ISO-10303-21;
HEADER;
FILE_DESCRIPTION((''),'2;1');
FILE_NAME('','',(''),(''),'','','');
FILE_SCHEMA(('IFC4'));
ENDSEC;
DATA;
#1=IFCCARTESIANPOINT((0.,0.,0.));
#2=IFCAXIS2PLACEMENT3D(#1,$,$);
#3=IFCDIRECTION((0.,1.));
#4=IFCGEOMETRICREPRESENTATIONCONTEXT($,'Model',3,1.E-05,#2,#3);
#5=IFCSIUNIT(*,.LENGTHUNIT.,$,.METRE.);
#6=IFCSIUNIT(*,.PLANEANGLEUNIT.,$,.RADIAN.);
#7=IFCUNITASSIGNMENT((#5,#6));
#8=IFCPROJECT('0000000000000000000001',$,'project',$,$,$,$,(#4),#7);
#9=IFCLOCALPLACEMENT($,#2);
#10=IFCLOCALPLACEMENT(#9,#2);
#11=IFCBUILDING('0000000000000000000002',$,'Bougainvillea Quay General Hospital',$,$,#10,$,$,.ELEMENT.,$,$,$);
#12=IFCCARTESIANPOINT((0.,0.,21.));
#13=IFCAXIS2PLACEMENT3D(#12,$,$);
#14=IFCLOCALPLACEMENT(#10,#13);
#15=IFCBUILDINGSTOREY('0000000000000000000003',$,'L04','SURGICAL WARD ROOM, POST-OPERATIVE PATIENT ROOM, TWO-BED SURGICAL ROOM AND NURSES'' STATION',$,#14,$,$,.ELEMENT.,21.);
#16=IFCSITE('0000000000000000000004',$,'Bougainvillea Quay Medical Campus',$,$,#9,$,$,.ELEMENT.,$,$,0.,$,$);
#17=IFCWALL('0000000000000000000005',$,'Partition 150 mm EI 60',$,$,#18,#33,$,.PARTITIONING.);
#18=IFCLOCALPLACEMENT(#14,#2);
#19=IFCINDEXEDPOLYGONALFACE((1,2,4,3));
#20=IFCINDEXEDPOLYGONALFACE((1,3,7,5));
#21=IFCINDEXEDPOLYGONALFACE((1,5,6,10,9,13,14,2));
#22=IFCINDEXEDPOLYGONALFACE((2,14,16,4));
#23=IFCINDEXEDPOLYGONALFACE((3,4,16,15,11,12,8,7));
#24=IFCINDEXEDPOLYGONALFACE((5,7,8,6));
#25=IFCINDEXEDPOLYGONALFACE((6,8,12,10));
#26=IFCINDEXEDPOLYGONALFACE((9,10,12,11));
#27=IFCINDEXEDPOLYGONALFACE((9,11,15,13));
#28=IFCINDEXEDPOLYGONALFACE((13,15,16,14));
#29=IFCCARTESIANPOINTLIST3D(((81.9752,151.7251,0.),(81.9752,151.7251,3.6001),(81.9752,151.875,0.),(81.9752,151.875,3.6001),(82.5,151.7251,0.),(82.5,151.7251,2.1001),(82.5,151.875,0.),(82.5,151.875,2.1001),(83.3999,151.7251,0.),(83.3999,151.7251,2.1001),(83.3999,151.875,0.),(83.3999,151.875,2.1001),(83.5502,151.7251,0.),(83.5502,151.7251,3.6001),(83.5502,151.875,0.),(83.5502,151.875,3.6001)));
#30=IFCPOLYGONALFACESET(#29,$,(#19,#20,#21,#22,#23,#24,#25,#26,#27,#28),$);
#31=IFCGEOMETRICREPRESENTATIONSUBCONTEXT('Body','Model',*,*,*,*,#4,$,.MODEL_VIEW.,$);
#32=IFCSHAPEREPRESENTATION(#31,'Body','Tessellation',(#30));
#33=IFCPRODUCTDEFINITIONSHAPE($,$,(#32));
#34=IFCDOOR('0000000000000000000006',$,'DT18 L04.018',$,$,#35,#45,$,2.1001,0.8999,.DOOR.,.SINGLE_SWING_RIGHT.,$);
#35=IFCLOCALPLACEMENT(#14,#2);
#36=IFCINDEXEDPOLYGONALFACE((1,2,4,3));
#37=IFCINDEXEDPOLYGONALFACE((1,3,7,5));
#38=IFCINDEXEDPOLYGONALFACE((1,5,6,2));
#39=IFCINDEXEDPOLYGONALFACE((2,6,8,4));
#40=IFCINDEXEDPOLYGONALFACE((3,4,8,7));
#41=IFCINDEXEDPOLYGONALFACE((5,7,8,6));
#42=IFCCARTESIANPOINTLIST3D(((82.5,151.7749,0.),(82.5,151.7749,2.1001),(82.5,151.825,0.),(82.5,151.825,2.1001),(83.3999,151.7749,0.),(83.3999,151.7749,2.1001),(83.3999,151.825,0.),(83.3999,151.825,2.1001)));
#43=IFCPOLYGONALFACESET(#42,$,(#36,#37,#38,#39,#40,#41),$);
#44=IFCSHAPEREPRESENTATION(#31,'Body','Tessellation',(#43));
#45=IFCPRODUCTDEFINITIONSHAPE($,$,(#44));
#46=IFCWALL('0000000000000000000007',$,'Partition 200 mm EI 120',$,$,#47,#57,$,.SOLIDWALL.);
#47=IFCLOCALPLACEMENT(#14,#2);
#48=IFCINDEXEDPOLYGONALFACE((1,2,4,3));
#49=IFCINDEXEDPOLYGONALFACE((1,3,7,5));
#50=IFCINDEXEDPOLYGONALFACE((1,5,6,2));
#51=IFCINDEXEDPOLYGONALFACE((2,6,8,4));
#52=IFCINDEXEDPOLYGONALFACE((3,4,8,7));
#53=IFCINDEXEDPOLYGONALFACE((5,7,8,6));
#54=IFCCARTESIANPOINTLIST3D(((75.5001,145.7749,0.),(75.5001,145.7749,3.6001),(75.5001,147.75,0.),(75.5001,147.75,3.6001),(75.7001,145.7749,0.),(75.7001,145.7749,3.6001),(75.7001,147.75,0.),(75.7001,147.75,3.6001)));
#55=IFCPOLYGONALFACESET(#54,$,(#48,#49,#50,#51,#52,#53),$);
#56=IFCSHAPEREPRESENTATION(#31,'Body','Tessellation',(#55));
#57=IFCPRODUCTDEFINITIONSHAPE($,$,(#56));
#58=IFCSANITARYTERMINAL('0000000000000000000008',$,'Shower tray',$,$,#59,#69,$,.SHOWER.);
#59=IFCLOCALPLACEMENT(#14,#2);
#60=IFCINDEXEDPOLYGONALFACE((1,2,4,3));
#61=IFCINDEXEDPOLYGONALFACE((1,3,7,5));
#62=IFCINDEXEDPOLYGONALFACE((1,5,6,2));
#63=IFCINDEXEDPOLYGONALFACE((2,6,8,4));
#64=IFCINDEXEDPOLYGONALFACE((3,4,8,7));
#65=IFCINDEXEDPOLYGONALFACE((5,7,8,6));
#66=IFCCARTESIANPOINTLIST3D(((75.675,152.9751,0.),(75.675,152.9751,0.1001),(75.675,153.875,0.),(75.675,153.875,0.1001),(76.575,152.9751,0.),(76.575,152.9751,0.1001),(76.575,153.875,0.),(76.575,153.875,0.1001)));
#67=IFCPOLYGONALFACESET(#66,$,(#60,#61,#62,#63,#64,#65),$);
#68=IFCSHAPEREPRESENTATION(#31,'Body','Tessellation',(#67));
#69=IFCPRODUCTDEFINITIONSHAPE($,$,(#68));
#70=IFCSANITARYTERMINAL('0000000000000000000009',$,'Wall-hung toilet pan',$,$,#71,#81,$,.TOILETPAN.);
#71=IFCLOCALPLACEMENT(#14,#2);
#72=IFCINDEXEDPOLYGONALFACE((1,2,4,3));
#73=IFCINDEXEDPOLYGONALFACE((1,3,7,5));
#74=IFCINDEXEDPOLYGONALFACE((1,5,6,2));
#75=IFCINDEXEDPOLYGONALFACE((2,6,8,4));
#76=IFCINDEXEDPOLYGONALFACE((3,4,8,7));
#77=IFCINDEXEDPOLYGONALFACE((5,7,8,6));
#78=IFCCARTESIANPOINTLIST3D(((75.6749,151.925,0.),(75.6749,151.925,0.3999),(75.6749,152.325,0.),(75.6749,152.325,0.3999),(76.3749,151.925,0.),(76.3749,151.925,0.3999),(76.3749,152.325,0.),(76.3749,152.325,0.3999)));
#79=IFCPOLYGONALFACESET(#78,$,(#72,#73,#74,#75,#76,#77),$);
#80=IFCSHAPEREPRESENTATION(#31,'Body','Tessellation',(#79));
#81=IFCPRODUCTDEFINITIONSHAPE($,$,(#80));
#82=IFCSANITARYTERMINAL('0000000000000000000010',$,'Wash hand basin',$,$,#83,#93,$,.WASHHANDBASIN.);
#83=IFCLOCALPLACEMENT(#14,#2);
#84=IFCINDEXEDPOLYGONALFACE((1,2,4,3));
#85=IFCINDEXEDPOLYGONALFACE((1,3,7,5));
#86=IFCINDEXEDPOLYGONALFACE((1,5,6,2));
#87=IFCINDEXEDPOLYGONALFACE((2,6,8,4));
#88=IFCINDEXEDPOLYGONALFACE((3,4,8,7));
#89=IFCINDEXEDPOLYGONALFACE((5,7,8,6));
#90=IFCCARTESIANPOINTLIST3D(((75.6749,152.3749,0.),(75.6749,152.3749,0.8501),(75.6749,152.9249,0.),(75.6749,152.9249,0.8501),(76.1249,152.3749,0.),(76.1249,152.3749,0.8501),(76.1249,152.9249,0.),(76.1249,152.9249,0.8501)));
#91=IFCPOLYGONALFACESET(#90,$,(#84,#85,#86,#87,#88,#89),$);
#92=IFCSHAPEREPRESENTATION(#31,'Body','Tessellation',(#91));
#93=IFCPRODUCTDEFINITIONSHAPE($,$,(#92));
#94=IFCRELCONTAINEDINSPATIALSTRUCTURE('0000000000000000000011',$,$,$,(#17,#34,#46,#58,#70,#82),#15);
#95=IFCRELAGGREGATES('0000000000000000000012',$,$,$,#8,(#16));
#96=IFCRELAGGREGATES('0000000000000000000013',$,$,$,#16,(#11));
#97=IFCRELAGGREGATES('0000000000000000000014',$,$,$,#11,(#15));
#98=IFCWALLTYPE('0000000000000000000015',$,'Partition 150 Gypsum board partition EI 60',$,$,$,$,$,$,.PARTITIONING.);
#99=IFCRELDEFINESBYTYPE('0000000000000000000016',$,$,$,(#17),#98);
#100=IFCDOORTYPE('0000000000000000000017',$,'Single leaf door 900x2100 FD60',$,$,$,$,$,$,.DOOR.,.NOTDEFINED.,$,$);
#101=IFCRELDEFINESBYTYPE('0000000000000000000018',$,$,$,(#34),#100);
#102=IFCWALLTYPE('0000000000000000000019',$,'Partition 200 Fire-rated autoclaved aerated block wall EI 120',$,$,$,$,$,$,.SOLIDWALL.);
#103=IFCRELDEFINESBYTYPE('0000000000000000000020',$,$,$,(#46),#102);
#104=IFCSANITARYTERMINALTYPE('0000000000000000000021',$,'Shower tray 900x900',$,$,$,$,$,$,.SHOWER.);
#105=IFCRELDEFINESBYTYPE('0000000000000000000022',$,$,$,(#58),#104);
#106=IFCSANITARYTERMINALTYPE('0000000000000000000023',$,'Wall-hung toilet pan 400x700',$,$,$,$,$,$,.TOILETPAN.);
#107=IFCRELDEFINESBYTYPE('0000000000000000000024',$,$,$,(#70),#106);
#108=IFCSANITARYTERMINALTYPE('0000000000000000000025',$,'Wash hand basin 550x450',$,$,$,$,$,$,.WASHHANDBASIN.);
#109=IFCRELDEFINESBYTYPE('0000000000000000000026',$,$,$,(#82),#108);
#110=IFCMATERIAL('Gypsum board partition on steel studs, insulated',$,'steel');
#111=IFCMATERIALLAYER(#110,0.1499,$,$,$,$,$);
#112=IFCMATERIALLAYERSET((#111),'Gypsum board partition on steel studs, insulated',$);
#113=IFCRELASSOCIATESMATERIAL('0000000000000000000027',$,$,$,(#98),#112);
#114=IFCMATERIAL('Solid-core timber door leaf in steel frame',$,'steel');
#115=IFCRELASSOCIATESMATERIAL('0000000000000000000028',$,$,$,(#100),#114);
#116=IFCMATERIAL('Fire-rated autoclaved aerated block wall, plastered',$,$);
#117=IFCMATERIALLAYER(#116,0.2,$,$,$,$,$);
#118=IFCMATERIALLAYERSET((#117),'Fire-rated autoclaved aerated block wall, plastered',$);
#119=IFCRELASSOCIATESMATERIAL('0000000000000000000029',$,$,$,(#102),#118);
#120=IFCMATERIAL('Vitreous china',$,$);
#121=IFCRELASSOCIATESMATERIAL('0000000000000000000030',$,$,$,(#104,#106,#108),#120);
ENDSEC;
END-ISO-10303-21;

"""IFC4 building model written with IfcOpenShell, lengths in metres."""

from ifc_helpers import new_model, si_unit, direction, frame, frame_2d, origin, origin_2d, place, context, subcontext, project, spatial, rectangle, extrude, material, layer, layer_set, type_object, element, fill, save


model = new_model("IFC4")

# Units and contexts
model_context = context("Model", 3, precision=1e-05, world=origin(), true_north=direction((0.0, 1.0)))
body_context = subcontext(model_context, "Body", "Model", "MODEL_VIEW")
ifc_project = project(units=[si_unit("LENGTHUNIT", "METRE"), si_unit("PLANEANGLEUNIT", "RADIAN")], contexts=[model_context])

# Site, building, storey
site_placement = place(None, origin())
site = spatial("IfcSite", under=ifc_project, at=site_placement, Name="Bougainvillea Quay Medical Campus", CompositionType="ELEMENT", RefElevation=0.0)
building_placement = place(site_placement, origin())
building = spatial("IfcBuilding", under=site, at=building_placement, Name="Bougainvillea Quay General Hospital", CompositionType="ELEMENT")
storey_placement = place(building_placement, frame((0.0, 0.0, 21.0)))
storey = spatial("IfcBuildingStorey", under=building, at=storey_placement, Name="L04", Description="SURGICAL WARD ROOM, POST-OPERATIVE PATIENT ROOM, TWO-BED SURGICAL ROOM AND NURSES' STATION", CompositionType="ELEMENT", Elevation=21.0)

# Shared definitions
ifc_material_1 = material(Name="Gypsum board partition on steel studs, insulated", Category="steel")

# Shared definitions
ifc_material_2 = material(Name="Solid-core timber door leaf in steel frame", Category="steel")

# Wall, opening, door
ifc_layer_1 = layer(ifc_material_1, 0.1499)
ifc_layer_set_1 = layer_set([ifc_layer_1], Name="Gypsum board partition on steel studs, insulated")
wall_type_1 = type_object("IfcWallType", Name="Partition 150 Gypsum board partition EI 60", PredefinedType="PARTITIONING", material=ifc_layer_set_1)
door_type_1 = type_object("IfcDoorType", Name="Single leaf door 900x2100 FD60", OperationType="NOTDEFINED", PredefinedType="DOOR", material=ifc_material_2)
wall_1_placement = place(storey_placement, frame((81.9751, 151.8, 0.0), z_axis=(0.0, 0.0, 1.0), x_axis=(1.0, 0.0, 0.0)))
wall_1 = element("IfcWall", 1, at=wall_1_placement, inside=storey, type_object=wall_type_1, Name="Partition 150 mm EI 60", PredefinedType="PARTITIONING", context=body_context, shape_type="SweptSolid", body=[
    extrude(rectangle(XDim=1.575, YDim=0.1499, at=frame_2d((0.7876, 0.0))), origin(), (0.0, 0.0, 1.0), 3.6001),
])
opening_1_placement = place(wall_1_placement, frame((0.5249, 0.0, 0.0)))
opening_1 = element("IfcOpeningElement", 2, at=opening_1_placement, cuts=wall_1, PredefinedType="OPENING", context=body_context, shape_type="SweptSolid", body=[
    extrude(rectangle(XDim=0.8999, YDim=2.1001, at=frame_2d((0.45, 1.05))), frame((0.0, 0.085, 0.0), z_axis=(0.0, -1.0, 0.0), x_axis=(1.0, 0.0, 0.0)), (0.0, 0.0, 1.0), 0.1699),
])
door_1_placement = place(opening_1_placement, origin())
door_1 = element("IfcDoor", 3, at=door_1_placement, inside=storey, type_object=door_type_1, Name="DT18 L04.018", OperationType="SINGLE_SWING_RIGHT", OverallHeight=2.1001, OverallWidth=0.8999, PredefinedType="DOOR", context=body_context, shape_type="SweptSolid", body=[
    extrude(rectangle(XDim=0.8999, YDim=2.1001, at=frame_2d((0.45, 1.05))), frame((0.0, 0.0249, 0.0), z_axis=(0.0, -1.0, 0.0), x_axis=(1.0, 0.0, 0.0)), (0.0, 0.0, 1.0), 0.05),
])
fill(opening_1, door_1)

# Wall
ifc_material_3 = material(Name="Fire-rated autoclaved aerated block wall, plastered")
ifc_layer_2 = layer(ifc_material_3, 0.2)
ifc_layer_set_2 = layer_set([ifc_layer_2], Name="Fire-rated autoclaved aerated block wall, plastered")
wall_type_2 = type_object("IfcWallType", Name="Partition 200 Fire-rated autoclaved aerated block wall EI 120", PredefinedType="SOLIDWALL", material=ifc_layer_set_2)
wall_2_placement = place(storey_placement, frame((75.6001, 145.7749, 0.0), z_axis=(0.0, 0.0, 1.0), x_axis=(0.0, 1.0, 0.0)))
element("IfcWall", 4, at=wall_2_placement, inside=storey, type_object=wall_type_2, Name="Partition 200 mm EI 120", PredefinedType="SOLIDWALL", context=body_context, shape_type="SweptSolid", body=[
    extrude(rectangle(XDim=1.9751, YDim=0.2, at=frame_2d((0.9875, 0.0))), origin(), (0.0, 0.0, 1.0), 3.6001),
])

# Sanitary terminals
ifc_material_4 = material(Name="Vitreous china")
sanitary_terminal_type_1 = type_object("IfcSanitaryTerminalType", Name="Shower tray 900x900", PredefinedType="SHOWER", material=ifc_material_4)
sanitary_terminal_1_placement = place(storey_placement, frame((76.125, 153.425, 0.0), z_axis=(0.0, 0.0, 1.0), x_axis=(0.0, 1.0, 0.0)))
element("IfcSanitaryTerminal", 5, at=sanitary_terminal_1_placement, inside=storey, type_object=sanitary_terminal_type_1, Name="Shower tray", PredefinedType="SHOWER", context=body_context, shape_type="SweptSolid", body=[
    extrude(rectangle(XDim=0.8999, YDim=0.8999, at=origin_2d()), origin(), (0.0, 0.0, 1.0), 0.1001),
])
sanitary_terminal_type_2 = type_object("IfcSanitaryTerminalType", Name="Wall-hung toilet pan 400x700", PredefinedType="TOILETPAN", material=ifc_material_4)
sanitary_terminal_2_placement = place(storey_placement, frame((76.0249, 152.125, 0.0), z_axis=(0.0, 0.0, 1.0), x_axis=(0.0, 1.0, 0.0)))
element("IfcSanitaryTerminal", 6, at=sanitary_terminal_2_placement, inside=storey, type_object=sanitary_terminal_type_2, Name="Wall-hung toilet pan", PredefinedType="TOILETPAN", context=body_context, shape_type="SweptSolid", body=[
    extrude(rectangle(XDim=0.3999, YDim=0.7, at=origin_2d()), origin(), (0.0, 0.0, 1.0), 0.3999),
])
sanitary_terminal_type_3 = type_object("IfcSanitaryTerminalType", Name="Wash hand basin 550x450", PredefinedType="WASHHANDBASIN", material=ifc_material_4)
sanitary_terminal_3_placement = place(storey_placement, frame((75.8999, 152.6499, 0.0), z_axis=(0.0, 0.0, 1.0), x_axis=(0.0, 1.0, 0.0)))
element("IfcSanitaryTerminal", 7, at=sanitary_terminal_3_placement, inside=storey, type_object=sanitary_terminal_type_3, Name="Wash hand basin", PredefinedType="WASHHANDBASIN", context=body_context, shape_type="SweptSolid", body=[
    extrude(rectangle(XDim=0.55, YDim=0.45, at=origin_2d()), origin(), (0.0, 0.0, 1.0), 0.8501),
])

save(model, "model.ifc")
